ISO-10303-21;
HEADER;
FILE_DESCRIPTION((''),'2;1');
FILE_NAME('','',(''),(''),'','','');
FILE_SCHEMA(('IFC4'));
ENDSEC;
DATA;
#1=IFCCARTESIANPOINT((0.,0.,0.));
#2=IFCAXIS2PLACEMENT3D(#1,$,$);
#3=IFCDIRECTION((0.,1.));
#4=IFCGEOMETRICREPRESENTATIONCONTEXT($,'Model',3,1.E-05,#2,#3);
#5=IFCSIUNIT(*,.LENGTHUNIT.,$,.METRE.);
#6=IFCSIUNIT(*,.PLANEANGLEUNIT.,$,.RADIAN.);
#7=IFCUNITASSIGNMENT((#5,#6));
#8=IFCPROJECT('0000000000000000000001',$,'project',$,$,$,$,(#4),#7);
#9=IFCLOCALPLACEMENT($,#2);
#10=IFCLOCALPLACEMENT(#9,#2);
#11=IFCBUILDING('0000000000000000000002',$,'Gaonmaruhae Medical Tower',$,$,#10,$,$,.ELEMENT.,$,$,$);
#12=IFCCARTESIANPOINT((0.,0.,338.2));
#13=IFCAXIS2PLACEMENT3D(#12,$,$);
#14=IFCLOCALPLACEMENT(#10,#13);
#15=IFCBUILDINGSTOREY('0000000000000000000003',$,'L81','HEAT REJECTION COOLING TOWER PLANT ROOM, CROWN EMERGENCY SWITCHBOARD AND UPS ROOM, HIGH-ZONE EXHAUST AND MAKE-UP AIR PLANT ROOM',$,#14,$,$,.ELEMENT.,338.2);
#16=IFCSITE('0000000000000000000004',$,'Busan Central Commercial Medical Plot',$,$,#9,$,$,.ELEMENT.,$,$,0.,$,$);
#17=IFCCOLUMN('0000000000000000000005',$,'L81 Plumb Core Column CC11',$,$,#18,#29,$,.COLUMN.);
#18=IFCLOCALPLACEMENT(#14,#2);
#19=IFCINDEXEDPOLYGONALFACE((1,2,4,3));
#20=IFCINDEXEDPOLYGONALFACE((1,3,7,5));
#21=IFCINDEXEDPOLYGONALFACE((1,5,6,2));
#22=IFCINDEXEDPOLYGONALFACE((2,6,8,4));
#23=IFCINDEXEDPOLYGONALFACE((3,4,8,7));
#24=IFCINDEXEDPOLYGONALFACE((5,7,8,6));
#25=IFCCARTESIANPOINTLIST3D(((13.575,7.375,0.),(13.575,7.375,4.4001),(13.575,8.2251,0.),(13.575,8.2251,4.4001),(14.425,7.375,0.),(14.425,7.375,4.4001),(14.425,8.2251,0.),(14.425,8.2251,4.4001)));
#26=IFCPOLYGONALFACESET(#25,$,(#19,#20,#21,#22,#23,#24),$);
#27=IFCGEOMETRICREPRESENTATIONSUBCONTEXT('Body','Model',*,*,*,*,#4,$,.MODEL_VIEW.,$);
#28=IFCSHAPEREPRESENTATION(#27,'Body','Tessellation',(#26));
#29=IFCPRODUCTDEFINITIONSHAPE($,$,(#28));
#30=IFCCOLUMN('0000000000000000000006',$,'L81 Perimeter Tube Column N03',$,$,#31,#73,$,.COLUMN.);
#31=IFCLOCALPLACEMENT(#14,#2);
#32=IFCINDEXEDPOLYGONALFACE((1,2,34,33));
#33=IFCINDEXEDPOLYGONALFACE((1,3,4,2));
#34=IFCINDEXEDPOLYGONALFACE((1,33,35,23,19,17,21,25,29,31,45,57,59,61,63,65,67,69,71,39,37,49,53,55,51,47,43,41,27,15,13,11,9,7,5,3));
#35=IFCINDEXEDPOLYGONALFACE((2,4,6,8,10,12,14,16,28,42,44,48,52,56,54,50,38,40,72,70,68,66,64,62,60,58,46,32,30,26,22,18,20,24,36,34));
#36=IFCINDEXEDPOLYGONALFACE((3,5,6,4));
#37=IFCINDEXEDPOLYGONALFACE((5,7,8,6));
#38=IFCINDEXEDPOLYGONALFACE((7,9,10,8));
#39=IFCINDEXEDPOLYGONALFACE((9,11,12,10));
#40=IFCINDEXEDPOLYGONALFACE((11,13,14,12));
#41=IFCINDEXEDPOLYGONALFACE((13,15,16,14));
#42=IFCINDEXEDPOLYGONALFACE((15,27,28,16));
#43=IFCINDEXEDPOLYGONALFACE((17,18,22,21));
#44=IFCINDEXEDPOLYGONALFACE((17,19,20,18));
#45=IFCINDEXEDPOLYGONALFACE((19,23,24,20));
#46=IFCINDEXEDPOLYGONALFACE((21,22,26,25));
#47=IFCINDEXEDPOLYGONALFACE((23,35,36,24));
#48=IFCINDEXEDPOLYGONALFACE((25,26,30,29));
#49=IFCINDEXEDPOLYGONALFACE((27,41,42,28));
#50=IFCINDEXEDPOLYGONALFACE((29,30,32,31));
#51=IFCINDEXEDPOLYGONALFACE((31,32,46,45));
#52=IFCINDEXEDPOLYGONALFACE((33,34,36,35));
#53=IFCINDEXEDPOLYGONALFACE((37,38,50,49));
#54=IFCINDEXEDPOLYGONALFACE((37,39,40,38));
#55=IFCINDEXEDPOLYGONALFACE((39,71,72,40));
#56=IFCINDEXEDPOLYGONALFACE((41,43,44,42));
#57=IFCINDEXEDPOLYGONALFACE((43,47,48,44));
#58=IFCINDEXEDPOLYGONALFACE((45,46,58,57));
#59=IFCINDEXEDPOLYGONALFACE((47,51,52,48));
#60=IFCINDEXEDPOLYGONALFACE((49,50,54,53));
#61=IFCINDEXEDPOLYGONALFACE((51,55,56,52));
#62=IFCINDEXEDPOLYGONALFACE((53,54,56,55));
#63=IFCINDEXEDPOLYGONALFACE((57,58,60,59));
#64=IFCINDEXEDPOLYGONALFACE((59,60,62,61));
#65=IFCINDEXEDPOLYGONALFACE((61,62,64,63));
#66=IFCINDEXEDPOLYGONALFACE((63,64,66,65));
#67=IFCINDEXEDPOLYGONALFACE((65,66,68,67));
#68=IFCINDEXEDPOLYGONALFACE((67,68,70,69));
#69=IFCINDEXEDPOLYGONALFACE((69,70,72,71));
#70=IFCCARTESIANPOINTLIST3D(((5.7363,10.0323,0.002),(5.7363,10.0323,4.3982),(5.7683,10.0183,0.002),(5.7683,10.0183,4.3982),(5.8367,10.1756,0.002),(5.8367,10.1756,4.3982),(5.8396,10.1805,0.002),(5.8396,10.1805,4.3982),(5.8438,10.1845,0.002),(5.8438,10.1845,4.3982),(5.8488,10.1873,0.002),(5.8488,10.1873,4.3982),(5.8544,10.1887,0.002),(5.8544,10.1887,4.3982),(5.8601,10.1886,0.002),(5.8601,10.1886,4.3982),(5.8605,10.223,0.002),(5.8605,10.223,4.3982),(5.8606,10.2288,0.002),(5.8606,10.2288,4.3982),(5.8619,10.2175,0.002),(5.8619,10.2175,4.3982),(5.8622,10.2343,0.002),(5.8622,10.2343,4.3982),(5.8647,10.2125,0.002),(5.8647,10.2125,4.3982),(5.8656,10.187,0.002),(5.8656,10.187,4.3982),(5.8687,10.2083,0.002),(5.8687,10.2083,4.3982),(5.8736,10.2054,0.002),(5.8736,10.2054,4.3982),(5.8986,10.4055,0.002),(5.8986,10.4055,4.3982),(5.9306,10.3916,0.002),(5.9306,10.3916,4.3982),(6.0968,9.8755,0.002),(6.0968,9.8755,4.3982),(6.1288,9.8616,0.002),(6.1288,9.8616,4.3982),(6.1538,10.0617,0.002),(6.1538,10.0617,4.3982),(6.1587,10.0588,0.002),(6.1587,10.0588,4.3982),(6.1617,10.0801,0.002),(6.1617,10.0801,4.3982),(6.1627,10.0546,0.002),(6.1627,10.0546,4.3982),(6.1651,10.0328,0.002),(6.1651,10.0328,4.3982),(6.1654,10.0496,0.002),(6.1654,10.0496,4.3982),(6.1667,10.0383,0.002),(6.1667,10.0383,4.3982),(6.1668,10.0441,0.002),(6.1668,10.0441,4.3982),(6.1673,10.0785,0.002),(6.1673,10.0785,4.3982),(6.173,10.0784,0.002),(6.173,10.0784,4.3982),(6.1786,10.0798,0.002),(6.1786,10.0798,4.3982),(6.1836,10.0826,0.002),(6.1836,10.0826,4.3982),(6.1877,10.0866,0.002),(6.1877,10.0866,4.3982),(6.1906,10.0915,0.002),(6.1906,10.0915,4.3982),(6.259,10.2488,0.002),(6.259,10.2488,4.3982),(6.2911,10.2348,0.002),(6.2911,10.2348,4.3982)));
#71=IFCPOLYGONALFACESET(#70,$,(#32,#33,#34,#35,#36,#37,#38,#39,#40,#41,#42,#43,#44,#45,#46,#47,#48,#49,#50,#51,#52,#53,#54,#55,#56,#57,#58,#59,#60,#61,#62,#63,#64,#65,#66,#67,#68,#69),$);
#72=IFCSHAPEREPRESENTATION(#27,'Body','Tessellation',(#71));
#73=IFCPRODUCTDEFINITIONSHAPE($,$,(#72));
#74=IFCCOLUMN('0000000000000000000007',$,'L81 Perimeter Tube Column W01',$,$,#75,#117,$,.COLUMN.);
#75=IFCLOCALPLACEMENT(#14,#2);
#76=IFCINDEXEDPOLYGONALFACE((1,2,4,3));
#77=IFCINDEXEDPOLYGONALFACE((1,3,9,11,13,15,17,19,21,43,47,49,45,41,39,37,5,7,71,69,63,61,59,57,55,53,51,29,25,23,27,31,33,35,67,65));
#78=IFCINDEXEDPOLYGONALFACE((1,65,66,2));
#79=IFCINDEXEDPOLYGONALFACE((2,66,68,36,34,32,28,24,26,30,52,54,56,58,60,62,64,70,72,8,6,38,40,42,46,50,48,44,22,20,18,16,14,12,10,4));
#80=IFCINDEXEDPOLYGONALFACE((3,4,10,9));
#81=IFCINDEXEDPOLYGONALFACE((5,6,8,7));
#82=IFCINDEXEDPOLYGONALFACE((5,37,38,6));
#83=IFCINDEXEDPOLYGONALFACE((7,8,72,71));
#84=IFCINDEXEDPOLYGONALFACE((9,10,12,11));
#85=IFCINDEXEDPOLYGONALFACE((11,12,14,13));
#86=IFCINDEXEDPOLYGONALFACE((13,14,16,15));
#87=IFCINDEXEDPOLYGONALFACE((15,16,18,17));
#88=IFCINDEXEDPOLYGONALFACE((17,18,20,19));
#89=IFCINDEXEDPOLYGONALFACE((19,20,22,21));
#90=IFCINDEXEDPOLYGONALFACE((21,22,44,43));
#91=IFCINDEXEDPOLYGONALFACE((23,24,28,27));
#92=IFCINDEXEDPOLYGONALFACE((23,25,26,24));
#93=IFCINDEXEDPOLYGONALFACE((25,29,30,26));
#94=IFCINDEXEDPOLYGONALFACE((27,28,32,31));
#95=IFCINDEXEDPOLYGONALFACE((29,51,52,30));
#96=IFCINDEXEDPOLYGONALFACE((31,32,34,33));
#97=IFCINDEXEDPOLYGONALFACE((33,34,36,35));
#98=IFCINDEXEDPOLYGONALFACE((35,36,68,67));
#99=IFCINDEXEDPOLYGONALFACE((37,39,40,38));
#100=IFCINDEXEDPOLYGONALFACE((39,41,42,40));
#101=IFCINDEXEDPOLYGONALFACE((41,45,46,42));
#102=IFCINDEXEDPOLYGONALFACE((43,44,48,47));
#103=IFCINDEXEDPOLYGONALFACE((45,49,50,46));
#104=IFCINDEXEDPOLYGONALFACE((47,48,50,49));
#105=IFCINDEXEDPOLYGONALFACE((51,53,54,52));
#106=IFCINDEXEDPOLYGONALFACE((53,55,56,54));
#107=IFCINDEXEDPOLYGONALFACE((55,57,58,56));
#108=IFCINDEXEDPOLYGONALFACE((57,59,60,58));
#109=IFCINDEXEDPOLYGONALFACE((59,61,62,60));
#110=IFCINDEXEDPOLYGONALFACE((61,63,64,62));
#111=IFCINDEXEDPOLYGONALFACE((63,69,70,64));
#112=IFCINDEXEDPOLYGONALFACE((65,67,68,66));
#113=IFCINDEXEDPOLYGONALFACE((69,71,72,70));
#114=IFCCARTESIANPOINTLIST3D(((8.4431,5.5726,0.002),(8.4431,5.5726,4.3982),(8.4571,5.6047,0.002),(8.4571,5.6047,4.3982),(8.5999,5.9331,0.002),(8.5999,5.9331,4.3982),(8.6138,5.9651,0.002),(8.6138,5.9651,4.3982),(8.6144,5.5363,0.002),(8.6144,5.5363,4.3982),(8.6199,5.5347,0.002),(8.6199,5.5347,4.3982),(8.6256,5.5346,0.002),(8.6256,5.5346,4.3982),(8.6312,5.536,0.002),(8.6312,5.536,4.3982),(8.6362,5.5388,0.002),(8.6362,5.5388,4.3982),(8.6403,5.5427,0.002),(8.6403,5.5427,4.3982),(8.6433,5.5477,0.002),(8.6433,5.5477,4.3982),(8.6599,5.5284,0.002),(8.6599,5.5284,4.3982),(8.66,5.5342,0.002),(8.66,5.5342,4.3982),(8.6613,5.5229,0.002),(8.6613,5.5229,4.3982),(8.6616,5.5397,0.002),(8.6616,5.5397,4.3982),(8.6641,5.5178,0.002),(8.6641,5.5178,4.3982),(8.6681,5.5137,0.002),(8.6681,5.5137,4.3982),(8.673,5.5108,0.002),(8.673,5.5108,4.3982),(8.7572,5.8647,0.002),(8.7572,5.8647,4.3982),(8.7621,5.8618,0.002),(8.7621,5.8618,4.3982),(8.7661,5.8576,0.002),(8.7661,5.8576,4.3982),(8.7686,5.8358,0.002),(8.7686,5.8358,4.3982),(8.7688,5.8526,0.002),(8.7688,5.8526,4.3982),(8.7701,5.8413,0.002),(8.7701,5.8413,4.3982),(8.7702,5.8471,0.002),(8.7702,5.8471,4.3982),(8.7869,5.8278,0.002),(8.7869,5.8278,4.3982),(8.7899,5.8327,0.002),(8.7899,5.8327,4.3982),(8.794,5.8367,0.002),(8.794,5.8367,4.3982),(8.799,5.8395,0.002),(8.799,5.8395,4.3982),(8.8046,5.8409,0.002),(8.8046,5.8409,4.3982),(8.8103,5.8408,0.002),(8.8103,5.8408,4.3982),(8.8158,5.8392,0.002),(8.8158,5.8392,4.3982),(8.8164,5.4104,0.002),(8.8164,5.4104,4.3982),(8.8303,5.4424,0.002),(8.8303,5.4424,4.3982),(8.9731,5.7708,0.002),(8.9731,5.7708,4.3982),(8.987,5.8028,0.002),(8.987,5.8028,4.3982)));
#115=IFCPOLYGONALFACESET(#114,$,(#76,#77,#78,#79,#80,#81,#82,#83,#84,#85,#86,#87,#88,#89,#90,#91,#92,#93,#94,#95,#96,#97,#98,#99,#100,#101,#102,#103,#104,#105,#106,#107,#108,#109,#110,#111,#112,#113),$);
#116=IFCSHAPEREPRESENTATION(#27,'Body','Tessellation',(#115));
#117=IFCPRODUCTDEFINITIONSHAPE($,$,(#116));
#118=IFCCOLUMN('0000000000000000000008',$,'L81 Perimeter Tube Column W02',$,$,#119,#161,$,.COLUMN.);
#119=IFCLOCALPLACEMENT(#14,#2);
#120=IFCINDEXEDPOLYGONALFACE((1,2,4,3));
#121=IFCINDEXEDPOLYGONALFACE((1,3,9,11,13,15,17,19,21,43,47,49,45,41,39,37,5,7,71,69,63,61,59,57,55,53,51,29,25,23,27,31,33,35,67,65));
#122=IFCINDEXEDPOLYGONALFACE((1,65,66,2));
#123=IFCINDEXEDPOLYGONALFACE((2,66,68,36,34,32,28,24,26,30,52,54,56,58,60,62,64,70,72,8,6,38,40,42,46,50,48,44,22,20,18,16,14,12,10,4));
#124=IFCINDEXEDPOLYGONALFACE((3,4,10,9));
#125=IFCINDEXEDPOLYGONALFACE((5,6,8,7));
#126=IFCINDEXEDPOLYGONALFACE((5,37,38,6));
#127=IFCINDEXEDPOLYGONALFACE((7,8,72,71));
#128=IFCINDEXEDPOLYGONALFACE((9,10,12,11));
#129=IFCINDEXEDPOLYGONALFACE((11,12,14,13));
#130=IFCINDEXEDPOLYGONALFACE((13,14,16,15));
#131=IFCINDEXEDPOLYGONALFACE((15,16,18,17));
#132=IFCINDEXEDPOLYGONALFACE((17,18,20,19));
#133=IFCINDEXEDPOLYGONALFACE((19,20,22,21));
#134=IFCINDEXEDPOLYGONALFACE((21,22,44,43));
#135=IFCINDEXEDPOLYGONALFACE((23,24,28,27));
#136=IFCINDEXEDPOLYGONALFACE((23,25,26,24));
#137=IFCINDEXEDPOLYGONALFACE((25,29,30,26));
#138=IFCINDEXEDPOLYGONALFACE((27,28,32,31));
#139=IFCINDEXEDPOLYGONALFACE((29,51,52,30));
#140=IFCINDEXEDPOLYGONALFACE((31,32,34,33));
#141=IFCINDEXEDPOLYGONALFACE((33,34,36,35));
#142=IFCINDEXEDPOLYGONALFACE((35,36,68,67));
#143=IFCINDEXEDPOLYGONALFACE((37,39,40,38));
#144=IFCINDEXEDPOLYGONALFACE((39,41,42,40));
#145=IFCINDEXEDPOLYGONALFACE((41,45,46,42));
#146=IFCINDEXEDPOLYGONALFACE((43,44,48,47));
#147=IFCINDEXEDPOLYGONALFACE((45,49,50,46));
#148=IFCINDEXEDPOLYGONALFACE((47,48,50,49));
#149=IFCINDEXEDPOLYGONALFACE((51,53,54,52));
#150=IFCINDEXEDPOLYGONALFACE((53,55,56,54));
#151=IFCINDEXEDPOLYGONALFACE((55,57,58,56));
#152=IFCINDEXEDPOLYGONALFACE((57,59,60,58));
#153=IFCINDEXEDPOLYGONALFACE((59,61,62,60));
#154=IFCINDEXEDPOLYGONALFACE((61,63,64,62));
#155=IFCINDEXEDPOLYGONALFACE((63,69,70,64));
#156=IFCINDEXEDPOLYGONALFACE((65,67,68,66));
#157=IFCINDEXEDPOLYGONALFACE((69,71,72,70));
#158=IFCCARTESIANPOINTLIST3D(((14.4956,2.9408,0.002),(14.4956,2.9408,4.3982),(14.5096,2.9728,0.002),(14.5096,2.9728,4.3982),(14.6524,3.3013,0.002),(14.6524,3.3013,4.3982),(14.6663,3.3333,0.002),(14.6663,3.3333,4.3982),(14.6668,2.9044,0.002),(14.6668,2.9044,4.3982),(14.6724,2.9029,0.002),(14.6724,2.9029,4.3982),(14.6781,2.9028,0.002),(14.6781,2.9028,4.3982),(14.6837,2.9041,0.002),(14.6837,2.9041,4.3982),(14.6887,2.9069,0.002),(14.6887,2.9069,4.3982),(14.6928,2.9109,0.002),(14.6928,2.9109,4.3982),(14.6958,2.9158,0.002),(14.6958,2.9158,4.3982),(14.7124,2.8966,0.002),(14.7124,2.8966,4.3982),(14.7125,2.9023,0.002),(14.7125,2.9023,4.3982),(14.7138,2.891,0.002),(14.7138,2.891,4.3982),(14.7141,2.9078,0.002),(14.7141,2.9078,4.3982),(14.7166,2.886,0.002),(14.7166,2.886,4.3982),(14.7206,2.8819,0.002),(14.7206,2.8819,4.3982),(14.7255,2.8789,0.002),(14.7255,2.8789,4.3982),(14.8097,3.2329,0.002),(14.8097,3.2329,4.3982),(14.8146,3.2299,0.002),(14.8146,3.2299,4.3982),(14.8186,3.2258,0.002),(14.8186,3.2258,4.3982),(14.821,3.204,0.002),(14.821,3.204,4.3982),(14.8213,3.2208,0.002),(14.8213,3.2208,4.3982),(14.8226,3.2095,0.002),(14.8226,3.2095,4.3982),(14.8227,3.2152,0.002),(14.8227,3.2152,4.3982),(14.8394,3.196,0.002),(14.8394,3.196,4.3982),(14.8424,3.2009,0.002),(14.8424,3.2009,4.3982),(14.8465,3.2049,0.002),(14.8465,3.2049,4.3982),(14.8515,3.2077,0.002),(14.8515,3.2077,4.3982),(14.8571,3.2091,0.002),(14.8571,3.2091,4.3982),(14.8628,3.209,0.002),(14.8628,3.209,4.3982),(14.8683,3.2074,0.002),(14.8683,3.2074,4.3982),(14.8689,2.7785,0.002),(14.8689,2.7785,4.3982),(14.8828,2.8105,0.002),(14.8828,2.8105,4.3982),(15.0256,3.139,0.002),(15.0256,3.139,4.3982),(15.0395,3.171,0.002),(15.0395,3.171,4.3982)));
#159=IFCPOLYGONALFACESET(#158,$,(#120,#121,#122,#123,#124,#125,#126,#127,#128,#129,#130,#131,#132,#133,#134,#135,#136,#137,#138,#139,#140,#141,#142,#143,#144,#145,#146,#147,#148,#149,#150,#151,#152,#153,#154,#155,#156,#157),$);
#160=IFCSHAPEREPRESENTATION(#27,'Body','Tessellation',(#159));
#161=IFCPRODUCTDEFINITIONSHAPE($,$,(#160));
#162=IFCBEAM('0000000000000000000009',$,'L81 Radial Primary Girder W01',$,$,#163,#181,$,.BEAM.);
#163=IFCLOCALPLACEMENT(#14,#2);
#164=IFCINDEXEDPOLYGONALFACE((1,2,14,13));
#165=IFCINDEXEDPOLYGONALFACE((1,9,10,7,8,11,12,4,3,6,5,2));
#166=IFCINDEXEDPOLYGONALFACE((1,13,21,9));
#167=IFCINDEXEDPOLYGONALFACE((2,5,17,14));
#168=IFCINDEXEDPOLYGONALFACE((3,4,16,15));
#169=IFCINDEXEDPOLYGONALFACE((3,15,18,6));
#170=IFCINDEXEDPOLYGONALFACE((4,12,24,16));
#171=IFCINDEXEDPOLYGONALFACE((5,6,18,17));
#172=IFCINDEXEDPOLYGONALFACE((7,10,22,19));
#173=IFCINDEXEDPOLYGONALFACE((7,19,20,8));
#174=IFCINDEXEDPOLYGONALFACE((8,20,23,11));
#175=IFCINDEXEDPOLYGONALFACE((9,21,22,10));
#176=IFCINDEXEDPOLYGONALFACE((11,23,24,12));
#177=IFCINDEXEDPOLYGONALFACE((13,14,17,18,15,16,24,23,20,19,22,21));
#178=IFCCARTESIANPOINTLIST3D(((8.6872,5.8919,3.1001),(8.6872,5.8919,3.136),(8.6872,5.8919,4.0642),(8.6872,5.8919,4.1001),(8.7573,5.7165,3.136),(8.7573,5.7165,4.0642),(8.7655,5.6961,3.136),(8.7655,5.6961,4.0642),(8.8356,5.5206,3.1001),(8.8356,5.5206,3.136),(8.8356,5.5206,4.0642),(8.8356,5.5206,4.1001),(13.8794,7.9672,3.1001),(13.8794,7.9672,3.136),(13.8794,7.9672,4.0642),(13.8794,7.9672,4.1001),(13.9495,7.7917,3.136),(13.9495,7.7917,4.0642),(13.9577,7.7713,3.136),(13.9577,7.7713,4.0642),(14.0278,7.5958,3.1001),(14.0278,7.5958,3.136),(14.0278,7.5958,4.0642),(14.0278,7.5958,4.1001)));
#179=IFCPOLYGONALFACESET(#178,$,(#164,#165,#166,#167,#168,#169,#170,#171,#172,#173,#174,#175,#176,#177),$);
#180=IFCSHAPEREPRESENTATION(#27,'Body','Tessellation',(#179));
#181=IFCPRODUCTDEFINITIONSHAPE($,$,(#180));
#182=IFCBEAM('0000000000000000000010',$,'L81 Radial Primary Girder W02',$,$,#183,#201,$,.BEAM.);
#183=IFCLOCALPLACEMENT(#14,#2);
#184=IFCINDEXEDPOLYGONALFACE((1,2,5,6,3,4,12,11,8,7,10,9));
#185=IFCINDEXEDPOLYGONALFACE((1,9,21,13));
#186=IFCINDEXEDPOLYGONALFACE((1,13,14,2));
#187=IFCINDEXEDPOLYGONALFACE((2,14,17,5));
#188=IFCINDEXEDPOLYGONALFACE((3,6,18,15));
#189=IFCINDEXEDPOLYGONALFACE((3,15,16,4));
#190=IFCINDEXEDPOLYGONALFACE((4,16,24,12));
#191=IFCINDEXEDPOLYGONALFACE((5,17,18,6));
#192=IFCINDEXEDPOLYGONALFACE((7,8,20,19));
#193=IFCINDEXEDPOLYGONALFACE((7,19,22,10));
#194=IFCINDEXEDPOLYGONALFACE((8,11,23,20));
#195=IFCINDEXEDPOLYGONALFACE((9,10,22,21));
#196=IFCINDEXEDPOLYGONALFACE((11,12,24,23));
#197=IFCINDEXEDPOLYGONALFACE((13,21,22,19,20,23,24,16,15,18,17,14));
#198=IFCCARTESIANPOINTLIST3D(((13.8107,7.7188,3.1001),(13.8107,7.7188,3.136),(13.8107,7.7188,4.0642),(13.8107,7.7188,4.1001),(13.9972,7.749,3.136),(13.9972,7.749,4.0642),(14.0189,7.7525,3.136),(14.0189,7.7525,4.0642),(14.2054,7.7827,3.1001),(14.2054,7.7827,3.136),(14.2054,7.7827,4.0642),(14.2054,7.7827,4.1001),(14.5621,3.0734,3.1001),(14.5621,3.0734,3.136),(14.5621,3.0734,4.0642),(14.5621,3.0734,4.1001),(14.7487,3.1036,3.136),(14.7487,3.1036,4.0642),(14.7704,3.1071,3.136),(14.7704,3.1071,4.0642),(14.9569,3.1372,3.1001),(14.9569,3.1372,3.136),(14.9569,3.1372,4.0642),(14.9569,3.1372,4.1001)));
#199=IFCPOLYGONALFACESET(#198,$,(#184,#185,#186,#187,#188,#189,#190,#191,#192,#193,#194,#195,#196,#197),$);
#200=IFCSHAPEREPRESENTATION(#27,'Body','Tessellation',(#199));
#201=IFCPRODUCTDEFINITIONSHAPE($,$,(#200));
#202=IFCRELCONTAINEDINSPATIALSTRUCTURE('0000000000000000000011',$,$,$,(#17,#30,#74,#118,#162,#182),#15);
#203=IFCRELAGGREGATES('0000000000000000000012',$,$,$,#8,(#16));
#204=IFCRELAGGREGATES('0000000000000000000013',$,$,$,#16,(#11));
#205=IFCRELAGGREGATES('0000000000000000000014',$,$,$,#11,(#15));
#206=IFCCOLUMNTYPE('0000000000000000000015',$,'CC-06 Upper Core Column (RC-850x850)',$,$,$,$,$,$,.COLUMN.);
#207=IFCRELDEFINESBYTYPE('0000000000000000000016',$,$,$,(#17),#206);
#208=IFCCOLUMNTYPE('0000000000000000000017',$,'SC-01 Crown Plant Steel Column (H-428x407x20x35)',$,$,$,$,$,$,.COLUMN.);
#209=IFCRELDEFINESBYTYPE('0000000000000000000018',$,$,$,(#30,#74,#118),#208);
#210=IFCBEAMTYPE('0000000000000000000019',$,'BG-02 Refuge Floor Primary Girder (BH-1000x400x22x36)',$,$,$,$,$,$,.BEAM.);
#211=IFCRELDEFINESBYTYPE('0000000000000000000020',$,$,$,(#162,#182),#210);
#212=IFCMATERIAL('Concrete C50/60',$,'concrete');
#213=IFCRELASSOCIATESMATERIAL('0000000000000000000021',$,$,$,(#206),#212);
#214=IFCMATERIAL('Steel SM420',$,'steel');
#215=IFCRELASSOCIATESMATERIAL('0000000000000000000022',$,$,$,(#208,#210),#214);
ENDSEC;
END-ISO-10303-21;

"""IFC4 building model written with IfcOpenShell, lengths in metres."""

from ifc_helpers import new_model, si_unit, direction, frame, origin, origin_2d, place, context, subcontext, project, spatial, rectangle, i_section, extrude, material, material_profile, profile_set, type_object, element, save


model = new_model("IFC4")

# Units and contexts
model_context = context("Model", 3, precision=1e-05, world=origin(), true_north=direction((0.0, 1.0)))
body_context = subcontext(model_context, "Body", "Model", "MODEL_VIEW")
ifc_project = project(units=[si_unit("LENGTHUNIT", "METRE"), si_unit("PLANEANGLEUNIT", "RADIAN")], contexts=[model_context])

# Site, building, storey
site_placement = place(None, origin())
site = spatial("IfcSite", under=ifc_project, at=site_placement, Name="Busan Central Commercial Medical Plot", CompositionType="ELEMENT", RefElevation=0.0)
building_placement = place(site_placement, origin())
building = spatial("IfcBuilding", under=site, at=building_placement, Name="Gaonmaruhae Medical Tower", CompositionType="ELEMENT")
storey_placement = place(building_placement, frame((0.0, 0.0, 338.2)))
storey = spatial("IfcBuildingStorey", under=building, at=storey_placement, Name="L81", Description="HEAT REJECTION COOLING TOWER PLANT ROOM, CROWN EMERGENCY SWITCHBOARD AND UPS ROOM, HIGH-ZONE EXHAUST AND MAKE-UP AIR PLANT ROOM", CompositionType="ELEMENT", Elevation=338.2)

# Columns
ifc_material_1 = material(Name="Concrete C50/60", Category="concrete")
ifc_material_profile_1 = material_profile(ifc_material_1, rectangle(XDim=0.8501, YDim=0.8501, at=origin_2d()), Name="RC-850x850")
ifc_profile_set_1 = profile_set([ifc_material_profile_1], Name="Concrete C50/60")
column_type_1 = type_object("IfcColumnType", Name="CC-06 Upper Core Column (RC-850x850)", PredefinedType="COLUMN", material=ifc_profile_set_1)
column_placement = place(storey_placement, frame((14.0, 7.8, 0.0), z_axis=(0.0, 0.0, 1.0), x_axis=(1.0, 0.0, 0.0)))
element("IfcColumn", 1, at=column_placement, inside=storey, type_object=column_type_1, Name="L81 Plumb Core Column CC11", PredefinedType="COLUMN", context=body_context, shape_type="SweptSolid", body=[
    extrude(rectangle(XDim=0.8501, YDim=0.8501, at=origin_2d()), origin(), (0.0, 0.0, 1.0), 4.4001),
])
ifc_material_2 = material(Name="Steel SM420", Category="steel")
ifc_material_profile_2 = material_profile(ifc_material_2, i_section(OverallWidth=0.407, OverallDepth=0.428, WebThickness=0.02, FlangeThickness=0.0349, FilletRadius=0.022, at=origin_2d()), Name="H-428x407x20x35")
ifc_profile_set_2 = profile_set([ifc_material_profile_2], Name="Steel SM420")
column_type_2 = type_object("IfcColumnType", Name="SC-01 Crown Plant Steel Column (H-428x407x20x35)", PredefinedType="COLUMN", material=ifc_profile_set_2)
for number, where, z_axis, x_axis, name in (
    (2, (6.0137, 10.1335, 0.002), (0.0, 0.0, 1.0), (0.398749, 0.91706, 0.0), "L81 Perimeter Tube Column N03"),
    (3, (8.7151, 5.6877, 0.002), (0.0, 0.0, 1.0), (-0.91706, 0.398749, 0.0), "L81 Perimeter Tube Column W01"),
    (4, (14.7676, 3.0559, 0.002), (0.0, 0.0, 1.0), (-0.91706, 0.398749, 0.0), "L81 Perimeter Tube Column W02"),
):
    element("IfcColumn", number, at=place(storey_placement, frame(where, z_axis=z_axis, x_axis=x_axis)), inside=storey, type_object=column_type_2, Name=name, PredefinedType="COLUMN", context=body_context, shape_type="SweptSolid", body=[
        extrude(i_section(OverallWidth=0.407, OverallDepth=0.428, WebThickness=0.02, FlangeThickness=0.0349, FilletRadius=0.022, at=origin_2d()), origin(), (0.0, 0.0, 1.0), 4.3962),
    ])

# Beams
ifc_material_profile_3 = material_profile(ifc_material_2, i_section(OverallWidth=0.3999, OverallDepth=1.0, WebThickness=0.022, FlangeThickness=0.0359, at=origin_2d()), Name="BH-1000x400x22x36")
ifc_profile_set_3 = profile_set([ifc_material_profile_3], Name="Steel SM420")
beam_type_1 = type_object("IfcBeamType", Name="BG-02 Refuge Floor Primary Girder (BH-1000x400x22x36)", PredefinedType="BEAM", material=ifc_profile_set_3)
beam_1_placement = place(storey_placement, frame((13.9536, 7.7815, 3.6001), z_axis=(-0.928579, -0.371135, 0.0), x_axis=(0.371135, -0.928579, 0.0)))
element("IfcBeam", 5, at=beam_1_placement, inside=storey, type_object=beam_type_1, Name="L81 Radial Primary Girder W01", PredefinedType="BEAM", context=body_context, shape_type="SweptSolid", body=[
    extrude(i_section(OverallWidth=0.3999, OverallDepth=1.0, WebThickness=0.022, FlangeThickness=0.0359, at=origin_2d()), origin(), (0.0, 0.0, 1.0), 5.5916),
])
beam_2_placement = place(storey_placement, frame((14.0081, 7.7507, 3.6001), z_axis=(0.159686, -0.987168, 0.0), x_axis=(0.987168, 0.159686, 0.0)))
element("IfcBeam", 6, at=beam_2_placement, inside=storey, type_object=beam_type_1, Name="L81 Radial Primary Girder W02", PredefinedType="BEAM", context=body_context, shape_type="SweptSolid", body=[
    extrude(i_section(OverallWidth=0.3999, OverallDepth=1.0, WebThickness=0.022, FlangeThickness=0.0359, at=origin_2d()), origin(), (0.0, 0.0, 1.0), 4.7058),
])

save(model, "model.ifc")
